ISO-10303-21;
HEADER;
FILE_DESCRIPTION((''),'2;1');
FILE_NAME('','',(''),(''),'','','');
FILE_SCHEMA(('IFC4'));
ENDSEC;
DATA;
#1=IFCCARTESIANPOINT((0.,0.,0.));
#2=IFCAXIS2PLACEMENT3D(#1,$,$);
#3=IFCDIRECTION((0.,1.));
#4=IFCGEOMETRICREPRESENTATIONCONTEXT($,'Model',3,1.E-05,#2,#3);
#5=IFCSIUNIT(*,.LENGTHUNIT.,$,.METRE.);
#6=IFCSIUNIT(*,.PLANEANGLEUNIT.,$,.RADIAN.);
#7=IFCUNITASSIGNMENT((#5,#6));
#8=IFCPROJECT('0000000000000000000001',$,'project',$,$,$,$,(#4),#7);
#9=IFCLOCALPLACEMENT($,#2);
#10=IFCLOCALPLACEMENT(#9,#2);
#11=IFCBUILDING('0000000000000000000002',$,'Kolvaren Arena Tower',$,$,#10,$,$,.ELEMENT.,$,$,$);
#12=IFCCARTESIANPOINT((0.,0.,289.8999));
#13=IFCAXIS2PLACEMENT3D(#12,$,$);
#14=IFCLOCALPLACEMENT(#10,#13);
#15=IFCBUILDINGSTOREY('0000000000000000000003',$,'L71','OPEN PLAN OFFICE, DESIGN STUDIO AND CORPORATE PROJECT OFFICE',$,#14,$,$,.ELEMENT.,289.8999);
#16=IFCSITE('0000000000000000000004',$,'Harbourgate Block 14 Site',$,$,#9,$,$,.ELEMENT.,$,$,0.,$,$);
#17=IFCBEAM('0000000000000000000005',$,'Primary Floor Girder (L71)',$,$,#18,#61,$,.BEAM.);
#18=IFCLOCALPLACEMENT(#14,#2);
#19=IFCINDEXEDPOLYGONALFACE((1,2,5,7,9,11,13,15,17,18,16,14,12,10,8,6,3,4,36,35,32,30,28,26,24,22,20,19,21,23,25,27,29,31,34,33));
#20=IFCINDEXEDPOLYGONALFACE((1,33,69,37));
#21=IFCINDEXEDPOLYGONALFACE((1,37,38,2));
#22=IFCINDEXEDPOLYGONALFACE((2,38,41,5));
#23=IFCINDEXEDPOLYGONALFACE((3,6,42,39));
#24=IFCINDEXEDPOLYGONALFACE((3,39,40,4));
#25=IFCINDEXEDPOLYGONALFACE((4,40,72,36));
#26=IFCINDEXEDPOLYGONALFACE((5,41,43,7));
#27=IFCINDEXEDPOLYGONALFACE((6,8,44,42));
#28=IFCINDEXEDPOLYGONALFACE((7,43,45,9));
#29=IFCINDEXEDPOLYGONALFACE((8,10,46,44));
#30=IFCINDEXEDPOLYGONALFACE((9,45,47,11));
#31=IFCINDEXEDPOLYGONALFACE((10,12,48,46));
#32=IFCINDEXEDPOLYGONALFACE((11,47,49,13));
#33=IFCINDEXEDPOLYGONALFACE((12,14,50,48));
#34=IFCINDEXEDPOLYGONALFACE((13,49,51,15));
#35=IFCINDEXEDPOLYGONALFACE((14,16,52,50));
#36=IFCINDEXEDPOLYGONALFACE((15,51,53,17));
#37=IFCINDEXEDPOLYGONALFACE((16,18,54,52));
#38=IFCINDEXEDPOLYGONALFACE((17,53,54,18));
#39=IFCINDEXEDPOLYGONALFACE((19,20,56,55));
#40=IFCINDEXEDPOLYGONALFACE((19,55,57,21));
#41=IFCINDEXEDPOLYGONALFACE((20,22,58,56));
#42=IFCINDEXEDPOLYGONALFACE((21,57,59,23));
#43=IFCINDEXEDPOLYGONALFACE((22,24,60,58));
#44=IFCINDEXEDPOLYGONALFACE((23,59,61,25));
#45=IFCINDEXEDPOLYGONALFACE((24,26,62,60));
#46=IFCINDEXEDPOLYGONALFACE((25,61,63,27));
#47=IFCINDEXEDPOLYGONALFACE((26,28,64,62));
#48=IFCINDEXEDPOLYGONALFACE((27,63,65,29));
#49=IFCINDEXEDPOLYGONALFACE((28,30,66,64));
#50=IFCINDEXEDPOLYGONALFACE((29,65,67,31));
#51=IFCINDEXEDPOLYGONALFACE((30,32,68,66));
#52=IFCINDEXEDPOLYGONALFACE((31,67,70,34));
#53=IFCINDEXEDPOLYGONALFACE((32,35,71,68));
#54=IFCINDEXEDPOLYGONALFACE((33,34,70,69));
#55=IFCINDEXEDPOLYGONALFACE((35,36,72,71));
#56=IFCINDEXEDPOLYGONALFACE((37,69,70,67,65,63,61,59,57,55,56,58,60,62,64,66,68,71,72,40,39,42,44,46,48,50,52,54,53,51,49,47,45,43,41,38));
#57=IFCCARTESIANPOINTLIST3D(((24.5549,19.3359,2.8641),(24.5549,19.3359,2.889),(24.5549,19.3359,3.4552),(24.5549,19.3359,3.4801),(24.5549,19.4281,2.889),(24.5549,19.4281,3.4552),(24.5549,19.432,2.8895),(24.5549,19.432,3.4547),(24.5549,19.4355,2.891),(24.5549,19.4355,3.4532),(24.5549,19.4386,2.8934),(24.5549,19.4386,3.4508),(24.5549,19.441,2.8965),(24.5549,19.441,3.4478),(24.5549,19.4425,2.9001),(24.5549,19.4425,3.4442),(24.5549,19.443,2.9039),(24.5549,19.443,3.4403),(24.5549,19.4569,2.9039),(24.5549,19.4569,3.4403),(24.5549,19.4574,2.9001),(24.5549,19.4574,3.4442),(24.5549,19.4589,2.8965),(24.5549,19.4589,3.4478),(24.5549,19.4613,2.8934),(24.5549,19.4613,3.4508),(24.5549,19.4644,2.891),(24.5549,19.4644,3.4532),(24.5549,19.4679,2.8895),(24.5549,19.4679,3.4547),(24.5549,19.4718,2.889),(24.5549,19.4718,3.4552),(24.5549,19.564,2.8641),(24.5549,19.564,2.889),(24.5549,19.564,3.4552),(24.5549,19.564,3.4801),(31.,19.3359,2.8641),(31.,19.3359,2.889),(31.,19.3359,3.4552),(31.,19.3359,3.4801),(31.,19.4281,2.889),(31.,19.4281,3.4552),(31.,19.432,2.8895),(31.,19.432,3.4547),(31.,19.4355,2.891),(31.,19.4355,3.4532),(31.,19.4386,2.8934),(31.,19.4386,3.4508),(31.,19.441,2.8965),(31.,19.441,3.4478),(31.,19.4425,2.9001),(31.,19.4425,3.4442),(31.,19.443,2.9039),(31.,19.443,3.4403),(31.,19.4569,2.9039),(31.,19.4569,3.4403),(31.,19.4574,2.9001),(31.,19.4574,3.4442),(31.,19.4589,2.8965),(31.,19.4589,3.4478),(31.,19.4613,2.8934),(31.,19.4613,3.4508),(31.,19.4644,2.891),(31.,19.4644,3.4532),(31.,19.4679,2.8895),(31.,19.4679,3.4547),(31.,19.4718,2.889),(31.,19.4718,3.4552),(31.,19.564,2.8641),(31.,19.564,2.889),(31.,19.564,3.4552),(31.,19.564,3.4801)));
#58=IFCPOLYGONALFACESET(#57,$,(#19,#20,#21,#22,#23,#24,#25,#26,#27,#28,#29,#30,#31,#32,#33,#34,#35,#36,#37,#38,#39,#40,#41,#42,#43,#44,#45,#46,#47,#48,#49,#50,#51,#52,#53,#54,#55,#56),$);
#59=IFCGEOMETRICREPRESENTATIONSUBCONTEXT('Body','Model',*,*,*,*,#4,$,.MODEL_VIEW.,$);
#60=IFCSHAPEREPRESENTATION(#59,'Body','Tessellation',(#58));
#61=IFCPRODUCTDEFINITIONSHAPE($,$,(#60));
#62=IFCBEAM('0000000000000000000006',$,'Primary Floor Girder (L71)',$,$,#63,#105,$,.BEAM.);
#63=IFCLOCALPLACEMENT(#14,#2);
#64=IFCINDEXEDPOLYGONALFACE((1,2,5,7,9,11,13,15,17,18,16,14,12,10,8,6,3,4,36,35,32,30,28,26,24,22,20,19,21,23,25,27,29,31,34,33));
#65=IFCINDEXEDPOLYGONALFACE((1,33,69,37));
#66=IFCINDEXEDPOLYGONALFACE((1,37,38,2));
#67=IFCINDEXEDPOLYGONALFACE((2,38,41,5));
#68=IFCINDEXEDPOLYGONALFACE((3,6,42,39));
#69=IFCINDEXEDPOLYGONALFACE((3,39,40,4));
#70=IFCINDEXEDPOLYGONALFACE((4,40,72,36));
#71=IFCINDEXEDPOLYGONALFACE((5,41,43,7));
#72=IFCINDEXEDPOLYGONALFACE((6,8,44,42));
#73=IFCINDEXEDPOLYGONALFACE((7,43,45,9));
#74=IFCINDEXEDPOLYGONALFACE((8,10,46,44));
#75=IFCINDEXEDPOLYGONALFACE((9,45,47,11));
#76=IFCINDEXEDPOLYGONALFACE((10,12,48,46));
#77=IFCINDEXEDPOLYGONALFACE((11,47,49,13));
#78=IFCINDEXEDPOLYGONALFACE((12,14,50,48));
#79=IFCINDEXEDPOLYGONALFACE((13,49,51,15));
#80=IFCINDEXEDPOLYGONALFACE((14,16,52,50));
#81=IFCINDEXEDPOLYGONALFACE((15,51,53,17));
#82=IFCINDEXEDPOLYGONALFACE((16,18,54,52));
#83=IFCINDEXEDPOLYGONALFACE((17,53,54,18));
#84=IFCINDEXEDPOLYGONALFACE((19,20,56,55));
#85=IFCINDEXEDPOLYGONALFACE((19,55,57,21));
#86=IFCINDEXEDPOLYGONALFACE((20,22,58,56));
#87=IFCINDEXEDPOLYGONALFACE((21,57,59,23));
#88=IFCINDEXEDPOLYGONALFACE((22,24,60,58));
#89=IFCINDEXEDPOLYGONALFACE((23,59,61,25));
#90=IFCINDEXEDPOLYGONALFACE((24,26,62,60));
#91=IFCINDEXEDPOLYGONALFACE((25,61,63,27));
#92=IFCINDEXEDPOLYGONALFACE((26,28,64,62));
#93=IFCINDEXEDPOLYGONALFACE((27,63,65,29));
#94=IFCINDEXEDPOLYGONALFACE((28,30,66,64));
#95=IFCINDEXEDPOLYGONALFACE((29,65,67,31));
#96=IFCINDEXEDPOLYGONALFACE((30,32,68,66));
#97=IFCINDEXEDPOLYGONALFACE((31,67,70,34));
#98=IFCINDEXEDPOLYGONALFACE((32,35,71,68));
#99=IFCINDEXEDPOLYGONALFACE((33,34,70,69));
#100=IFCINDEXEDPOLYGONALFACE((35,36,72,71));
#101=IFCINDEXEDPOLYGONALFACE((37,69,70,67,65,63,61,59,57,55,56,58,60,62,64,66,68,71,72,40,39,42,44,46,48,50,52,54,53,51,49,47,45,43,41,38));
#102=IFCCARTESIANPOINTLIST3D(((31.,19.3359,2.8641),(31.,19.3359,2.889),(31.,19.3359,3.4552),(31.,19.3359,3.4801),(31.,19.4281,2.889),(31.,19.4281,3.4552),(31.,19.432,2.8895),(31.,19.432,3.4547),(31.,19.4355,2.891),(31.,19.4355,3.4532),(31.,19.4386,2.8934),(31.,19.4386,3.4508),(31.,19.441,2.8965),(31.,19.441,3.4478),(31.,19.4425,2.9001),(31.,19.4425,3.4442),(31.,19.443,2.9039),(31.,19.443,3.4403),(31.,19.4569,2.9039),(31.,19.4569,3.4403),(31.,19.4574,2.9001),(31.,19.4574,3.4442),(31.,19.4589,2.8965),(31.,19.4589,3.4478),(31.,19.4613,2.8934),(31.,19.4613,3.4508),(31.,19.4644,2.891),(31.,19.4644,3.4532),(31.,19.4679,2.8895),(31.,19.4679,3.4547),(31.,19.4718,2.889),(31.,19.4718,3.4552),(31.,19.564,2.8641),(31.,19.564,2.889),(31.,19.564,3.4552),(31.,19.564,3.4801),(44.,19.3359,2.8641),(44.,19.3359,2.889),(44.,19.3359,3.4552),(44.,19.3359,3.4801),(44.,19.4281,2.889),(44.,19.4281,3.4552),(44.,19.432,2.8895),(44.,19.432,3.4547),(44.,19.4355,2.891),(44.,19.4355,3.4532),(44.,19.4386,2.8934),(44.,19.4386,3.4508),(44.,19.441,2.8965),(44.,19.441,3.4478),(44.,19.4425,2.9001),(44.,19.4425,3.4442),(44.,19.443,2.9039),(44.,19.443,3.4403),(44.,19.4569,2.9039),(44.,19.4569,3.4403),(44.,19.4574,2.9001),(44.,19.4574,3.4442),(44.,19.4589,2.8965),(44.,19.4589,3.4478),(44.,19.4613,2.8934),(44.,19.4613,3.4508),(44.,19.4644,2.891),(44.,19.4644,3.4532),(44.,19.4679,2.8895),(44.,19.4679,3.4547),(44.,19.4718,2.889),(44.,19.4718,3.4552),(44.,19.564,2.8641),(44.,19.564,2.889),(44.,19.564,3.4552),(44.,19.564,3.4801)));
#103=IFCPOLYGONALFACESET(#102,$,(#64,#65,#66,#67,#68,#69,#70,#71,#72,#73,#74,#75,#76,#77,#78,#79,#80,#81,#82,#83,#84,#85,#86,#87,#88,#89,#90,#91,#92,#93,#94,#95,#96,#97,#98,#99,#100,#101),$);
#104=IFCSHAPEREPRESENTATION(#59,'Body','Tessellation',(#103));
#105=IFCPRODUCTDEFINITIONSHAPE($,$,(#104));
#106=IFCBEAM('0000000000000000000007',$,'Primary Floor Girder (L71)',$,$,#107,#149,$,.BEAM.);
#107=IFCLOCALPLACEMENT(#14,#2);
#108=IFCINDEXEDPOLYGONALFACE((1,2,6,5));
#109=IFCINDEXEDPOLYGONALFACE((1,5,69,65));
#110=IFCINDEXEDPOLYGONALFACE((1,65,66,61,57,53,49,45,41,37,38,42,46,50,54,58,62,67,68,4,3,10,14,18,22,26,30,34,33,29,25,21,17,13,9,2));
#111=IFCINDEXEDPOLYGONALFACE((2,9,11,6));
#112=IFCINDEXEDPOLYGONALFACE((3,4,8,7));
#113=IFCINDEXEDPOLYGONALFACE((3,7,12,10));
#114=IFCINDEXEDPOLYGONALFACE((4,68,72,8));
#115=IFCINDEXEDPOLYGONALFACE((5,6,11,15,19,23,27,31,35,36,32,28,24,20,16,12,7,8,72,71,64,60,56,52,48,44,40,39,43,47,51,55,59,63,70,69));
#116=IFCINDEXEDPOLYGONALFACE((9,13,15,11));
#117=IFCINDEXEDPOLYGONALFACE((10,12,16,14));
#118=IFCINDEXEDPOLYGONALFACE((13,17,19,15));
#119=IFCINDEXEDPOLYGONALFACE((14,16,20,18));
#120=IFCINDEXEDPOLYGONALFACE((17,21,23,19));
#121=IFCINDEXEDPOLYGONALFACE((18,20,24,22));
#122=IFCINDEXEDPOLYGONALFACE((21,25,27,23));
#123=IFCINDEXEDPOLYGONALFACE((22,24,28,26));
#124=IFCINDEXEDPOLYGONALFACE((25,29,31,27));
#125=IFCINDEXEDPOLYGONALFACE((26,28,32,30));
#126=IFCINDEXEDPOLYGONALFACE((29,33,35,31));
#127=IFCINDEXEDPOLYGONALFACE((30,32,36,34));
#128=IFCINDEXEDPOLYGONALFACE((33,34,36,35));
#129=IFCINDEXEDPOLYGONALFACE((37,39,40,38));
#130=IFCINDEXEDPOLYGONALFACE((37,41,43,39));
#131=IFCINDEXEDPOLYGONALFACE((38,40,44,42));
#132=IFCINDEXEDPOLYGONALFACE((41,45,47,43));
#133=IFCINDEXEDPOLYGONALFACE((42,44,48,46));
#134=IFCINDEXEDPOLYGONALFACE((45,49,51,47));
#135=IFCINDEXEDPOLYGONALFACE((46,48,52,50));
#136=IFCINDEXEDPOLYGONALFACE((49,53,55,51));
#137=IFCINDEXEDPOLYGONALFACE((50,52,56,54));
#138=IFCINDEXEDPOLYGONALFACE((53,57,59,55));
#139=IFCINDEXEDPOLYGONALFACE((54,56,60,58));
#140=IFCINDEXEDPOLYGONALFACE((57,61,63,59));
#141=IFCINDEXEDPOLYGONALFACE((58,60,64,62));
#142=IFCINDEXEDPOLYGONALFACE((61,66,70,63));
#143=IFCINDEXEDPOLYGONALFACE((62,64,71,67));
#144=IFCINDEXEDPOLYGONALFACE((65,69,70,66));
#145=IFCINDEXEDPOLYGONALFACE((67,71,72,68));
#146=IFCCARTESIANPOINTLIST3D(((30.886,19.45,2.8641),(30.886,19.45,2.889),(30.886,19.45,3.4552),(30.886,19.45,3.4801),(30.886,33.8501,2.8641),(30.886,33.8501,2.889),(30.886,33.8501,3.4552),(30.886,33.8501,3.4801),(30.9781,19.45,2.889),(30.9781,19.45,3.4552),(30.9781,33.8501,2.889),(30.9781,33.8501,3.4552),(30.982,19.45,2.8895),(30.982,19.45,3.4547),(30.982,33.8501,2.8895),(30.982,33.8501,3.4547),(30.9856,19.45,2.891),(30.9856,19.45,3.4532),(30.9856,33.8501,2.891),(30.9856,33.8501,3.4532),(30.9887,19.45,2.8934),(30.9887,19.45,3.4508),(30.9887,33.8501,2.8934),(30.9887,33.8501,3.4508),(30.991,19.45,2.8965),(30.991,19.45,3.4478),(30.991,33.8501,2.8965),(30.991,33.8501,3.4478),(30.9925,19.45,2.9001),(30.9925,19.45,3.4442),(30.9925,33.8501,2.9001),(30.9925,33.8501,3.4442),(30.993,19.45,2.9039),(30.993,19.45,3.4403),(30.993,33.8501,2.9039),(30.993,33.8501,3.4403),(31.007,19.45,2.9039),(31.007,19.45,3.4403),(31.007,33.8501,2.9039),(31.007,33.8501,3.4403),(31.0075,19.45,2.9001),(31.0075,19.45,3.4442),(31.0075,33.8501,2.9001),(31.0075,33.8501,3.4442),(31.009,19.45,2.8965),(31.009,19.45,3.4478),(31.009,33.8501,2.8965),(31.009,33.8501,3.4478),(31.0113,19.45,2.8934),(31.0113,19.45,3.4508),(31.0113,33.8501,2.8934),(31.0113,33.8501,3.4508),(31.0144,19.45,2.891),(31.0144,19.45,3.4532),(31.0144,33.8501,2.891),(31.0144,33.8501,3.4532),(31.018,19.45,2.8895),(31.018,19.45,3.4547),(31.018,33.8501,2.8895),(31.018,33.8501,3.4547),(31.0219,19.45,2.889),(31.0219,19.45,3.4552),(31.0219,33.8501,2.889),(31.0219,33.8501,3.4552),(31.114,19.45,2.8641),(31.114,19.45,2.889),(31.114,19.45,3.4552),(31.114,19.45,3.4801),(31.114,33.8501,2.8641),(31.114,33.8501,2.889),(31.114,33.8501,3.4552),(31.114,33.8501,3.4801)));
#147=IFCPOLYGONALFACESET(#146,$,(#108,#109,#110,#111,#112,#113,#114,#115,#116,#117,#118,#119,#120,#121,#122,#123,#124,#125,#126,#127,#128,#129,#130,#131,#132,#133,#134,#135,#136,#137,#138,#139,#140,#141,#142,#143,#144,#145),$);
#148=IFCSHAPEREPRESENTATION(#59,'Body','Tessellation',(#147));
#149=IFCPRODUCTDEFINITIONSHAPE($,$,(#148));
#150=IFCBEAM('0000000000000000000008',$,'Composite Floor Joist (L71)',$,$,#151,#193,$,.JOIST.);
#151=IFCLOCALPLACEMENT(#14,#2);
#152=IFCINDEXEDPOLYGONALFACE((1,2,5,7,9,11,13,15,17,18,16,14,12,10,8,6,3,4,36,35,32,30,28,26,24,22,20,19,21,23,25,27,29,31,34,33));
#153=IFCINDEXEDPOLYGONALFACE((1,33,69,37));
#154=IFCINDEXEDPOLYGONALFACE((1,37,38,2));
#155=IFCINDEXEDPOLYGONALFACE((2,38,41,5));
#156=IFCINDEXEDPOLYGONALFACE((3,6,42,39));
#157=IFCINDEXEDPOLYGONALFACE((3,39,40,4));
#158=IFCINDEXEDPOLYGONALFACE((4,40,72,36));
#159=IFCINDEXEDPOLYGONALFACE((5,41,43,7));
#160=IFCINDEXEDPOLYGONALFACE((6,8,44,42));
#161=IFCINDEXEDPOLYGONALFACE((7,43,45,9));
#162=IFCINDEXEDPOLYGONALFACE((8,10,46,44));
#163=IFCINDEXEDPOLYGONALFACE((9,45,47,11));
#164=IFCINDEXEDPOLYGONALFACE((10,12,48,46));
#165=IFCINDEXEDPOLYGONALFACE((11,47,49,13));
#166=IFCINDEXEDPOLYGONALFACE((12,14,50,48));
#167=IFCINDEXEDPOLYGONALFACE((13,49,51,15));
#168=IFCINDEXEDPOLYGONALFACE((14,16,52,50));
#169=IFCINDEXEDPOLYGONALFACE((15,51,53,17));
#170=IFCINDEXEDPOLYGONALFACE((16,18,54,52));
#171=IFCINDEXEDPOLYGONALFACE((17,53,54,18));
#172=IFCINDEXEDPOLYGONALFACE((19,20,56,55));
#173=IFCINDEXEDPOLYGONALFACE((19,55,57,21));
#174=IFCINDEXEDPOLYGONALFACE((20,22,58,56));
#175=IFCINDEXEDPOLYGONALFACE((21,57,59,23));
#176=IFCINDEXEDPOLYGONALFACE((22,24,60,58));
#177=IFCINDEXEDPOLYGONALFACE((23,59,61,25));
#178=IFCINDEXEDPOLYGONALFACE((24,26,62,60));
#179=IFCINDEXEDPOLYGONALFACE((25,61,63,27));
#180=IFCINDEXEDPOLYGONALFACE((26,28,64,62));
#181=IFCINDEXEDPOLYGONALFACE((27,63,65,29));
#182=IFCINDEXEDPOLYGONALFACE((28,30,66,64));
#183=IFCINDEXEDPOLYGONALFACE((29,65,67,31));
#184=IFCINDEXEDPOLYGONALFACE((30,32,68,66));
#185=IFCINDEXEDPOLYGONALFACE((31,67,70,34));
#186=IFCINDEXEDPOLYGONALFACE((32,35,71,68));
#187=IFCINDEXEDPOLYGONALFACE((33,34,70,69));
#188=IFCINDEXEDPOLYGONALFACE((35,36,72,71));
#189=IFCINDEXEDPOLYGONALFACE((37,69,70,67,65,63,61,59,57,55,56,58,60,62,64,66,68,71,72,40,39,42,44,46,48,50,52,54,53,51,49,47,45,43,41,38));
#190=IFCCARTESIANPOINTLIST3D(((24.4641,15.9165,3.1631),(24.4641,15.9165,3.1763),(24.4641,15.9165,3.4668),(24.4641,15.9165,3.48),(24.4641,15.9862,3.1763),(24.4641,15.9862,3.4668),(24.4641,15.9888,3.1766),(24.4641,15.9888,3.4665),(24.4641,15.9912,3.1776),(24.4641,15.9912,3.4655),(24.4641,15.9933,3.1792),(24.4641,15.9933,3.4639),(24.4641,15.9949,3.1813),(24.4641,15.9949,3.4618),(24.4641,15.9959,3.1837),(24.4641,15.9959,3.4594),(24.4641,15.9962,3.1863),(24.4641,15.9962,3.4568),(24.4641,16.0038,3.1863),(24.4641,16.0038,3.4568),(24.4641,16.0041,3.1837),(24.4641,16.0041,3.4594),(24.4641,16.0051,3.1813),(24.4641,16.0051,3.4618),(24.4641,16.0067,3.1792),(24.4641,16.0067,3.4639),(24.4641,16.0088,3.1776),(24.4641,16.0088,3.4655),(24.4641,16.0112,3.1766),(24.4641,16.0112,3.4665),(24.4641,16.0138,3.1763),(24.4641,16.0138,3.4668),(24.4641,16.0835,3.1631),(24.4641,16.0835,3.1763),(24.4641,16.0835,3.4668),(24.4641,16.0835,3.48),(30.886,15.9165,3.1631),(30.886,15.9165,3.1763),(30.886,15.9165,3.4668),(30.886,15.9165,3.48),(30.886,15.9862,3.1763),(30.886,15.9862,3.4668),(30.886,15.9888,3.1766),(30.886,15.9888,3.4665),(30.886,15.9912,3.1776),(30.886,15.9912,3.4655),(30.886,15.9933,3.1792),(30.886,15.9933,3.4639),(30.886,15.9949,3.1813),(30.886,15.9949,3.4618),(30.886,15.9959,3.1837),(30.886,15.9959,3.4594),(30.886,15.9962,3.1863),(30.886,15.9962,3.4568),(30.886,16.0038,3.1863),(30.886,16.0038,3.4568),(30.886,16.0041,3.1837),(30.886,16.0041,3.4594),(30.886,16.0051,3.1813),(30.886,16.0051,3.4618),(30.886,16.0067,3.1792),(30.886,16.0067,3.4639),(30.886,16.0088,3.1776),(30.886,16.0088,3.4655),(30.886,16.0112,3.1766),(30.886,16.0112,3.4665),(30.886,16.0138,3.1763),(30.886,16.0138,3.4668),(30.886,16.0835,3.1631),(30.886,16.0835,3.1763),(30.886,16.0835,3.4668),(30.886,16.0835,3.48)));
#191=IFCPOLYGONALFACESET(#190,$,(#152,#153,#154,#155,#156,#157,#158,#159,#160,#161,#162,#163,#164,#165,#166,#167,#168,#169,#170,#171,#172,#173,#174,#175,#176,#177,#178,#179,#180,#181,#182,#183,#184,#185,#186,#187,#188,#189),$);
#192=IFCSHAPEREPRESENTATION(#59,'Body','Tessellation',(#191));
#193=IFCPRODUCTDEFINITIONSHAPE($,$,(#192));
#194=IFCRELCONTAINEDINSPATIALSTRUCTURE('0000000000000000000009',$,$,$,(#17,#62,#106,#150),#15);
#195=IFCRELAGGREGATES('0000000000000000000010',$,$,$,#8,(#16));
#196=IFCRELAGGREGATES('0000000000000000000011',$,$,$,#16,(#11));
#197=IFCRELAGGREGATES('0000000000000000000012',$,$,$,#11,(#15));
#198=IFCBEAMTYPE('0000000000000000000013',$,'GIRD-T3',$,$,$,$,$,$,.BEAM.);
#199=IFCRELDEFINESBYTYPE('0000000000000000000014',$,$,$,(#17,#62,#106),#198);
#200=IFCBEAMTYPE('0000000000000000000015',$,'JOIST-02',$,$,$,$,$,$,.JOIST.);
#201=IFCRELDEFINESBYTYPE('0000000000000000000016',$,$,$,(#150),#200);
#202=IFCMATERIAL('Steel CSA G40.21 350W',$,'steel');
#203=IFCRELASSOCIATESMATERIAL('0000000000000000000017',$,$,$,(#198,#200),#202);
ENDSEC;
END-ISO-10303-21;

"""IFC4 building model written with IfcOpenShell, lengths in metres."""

from ifc_helpers import new_model, si_unit, direction, frame, origin, origin_2d, place, context, subcontext, project, spatial, i_section, extrude, material, material_profile, profile_set, type_object, element, save


model = new_model("IFC4")

# Units and contexts
model_context = context("Model", 3, precision=1e-05, world=origin(), true_north=direction((0.0, 1.0)))
body_context = subcontext(model_context, "Body", "Model", "MODEL_VIEW")
ifc_project = project(units=[si_unit("LENGTHUNIT", "METRE"), si_unit("PLANEANGLEUNIT", "RADIAN")], contexts=[model_context])

# Site, building, storey
site_placement = place(None, origin())
site = spatial("IfcSite", under=ifc_project, at=site_placement, Name="Harbourgate Block 14 Site", CompositionType="ELEMENT", RefElevation=0.0)
building_placement = place(site_placement, origin())
building = spatial("IfcBuilding", under=site, at=building_placement, Name="Kolvaren Arena Tower", CompositionType="ELEMENT")
storey_placement = place(building_placement, frame((0.0, 0.0, 289.8999)))
storey = spatial("IfcBuildingStorey", under=building, at=storey_placement, Name="L71", Description="OPEN PLAN OFFICE, DESIGN STUDIO AND CORPORATE PROJECT OFFICE", CompositionType="ELEMENT", Elevation=289.8999)

# Beams
ifc_material_1 = material(Name="Steel CSA G40.21 350W", Category="steel")
ifc_material_profile_1 = material_profile(ifc_material_1, i_section(OverallWidth=0.228, OverallDepth=0.616, WebThickness=0.0139, FlangeThickness=0.0249, FilletRadius=0.0149, at=origin_2d()), Name="W610x174")
ifc_profile_set_1 = profile_set([ifc_material_profile_1], Name="Steel CSA G40.21 350W")
beam_type_1 = type_object("IfcBeamType", Name="GIRD-T3", PredefinedType="BEAM", material=ifc_profile_set_1)
beam_1_placement = place(storey_placement, frame((24.5549, 19.45, 3.1721), z_axis=(1.0, 0.0, 0.0), x_axis=(0.0, 1.0, 0.0)))
element("IfcBeam", 1, at=beam_1_placement, inside=storey, type_object=beam_type_1, Name="Primary Floor Girder (L71)", PredefinedType="BEAM", context=body_context, shape_type="SweptSolid", body=[
    extrude(i_section(OverallWidth=0.228, OverallDepth=0.616, WebThickness=0.0139, FlangeThickness=0.0249, FilletRadius=0.0149, at=origin_2d()), origin(), (0.0, 0.0, 1.0), 6.4451),
])
beam_2_placement = place(storey_placement, frame((31.0, 19.45, 3.1721), z_axis=(1.0, 0.0, 0.0), x_axis=(0.0, 1.0, 0.0)))
element("IfcBeam", 2, at=beam_2_placement, inside=storey, type_object=beam_type_1, Name="Primary Floor Girder (L71)", PredefinedType="BEAM", context=body_context, shape_type="SweptSolid", body=[
    extrude(i_section(OverallWidth=0.228, OverallDepth=0.616, WebThickness=0.0139, FlangeThickness=0.0249, FilletRadius=0.0149, at=origin_2d()), origin(), (0.0, 0.0, 1.0), 13.0),
])
beam_3_placement = place(storey_placement, frame((31.0, 19.45, 3.1721), z_axis=(0.0, 1.0, 0.0), x_axis=(-1.0, 0.0, 0.0)))
element("IfcBeam", 3, at=beam_3_placement, inside=storey, type_object=beam_type_1, Name="Primary Floor Girder (L71)", PredefinedType="BEAM", context=body_context, shape_type="SweptSolid", body=[
    extrude(i_section(OverallWidth=0.228, OverallDepth=0.616, WebThickness=0.0139, FlangeThickness=0.0249, FilletRadius=0.0149, at=origin_2d()), origin(), (0.0, 0.0, 1.0), 14.4001),
])
ifc_material_profile_2 = material_profile(ifc_material_1, i_section(OverallWidth=0.167, OverallDepth=0.3169, WebThickness=0.0076, FlangeThickness=0.0132, FilletRadius=0.01, at=origin_2d()), Name="W310x52")
ifc_profile_set_2 = profile_set([ifc_material_profile_2], Name="Steel CSA G40.21 350W")
beam_type_2 = type_object("IfcBeamType", Name="JOIST-02", PredefinedType="JOIST", material=ifc_profile_set_2)
beam_4_placement = place(storey_placement, frame((24.4641, 16.0, 3.3215), z_axis=(1.0, 0.0, 0.0), x_axis=(0.0, 1.0, 0.0)))
element("IfcBeam", 4, at=beam_4_placement, inside=storey, type_object=beam_type_2, Name="Composite Floor Joist (L71)", PredefinedType="JOIST", context=body_context, shape_type="SweptSolid", body=[
    extrude(i_section(OverallWidth=0.167, OverallDepth=0.3169, WebThickness=0.0076, FlangeThickness=0.0132, FilletRadius=0.01, at=origin_2d()), origin(), (0.0, 0.0, 1.0), 6.4219),
])

save(model, "model.ifc")
